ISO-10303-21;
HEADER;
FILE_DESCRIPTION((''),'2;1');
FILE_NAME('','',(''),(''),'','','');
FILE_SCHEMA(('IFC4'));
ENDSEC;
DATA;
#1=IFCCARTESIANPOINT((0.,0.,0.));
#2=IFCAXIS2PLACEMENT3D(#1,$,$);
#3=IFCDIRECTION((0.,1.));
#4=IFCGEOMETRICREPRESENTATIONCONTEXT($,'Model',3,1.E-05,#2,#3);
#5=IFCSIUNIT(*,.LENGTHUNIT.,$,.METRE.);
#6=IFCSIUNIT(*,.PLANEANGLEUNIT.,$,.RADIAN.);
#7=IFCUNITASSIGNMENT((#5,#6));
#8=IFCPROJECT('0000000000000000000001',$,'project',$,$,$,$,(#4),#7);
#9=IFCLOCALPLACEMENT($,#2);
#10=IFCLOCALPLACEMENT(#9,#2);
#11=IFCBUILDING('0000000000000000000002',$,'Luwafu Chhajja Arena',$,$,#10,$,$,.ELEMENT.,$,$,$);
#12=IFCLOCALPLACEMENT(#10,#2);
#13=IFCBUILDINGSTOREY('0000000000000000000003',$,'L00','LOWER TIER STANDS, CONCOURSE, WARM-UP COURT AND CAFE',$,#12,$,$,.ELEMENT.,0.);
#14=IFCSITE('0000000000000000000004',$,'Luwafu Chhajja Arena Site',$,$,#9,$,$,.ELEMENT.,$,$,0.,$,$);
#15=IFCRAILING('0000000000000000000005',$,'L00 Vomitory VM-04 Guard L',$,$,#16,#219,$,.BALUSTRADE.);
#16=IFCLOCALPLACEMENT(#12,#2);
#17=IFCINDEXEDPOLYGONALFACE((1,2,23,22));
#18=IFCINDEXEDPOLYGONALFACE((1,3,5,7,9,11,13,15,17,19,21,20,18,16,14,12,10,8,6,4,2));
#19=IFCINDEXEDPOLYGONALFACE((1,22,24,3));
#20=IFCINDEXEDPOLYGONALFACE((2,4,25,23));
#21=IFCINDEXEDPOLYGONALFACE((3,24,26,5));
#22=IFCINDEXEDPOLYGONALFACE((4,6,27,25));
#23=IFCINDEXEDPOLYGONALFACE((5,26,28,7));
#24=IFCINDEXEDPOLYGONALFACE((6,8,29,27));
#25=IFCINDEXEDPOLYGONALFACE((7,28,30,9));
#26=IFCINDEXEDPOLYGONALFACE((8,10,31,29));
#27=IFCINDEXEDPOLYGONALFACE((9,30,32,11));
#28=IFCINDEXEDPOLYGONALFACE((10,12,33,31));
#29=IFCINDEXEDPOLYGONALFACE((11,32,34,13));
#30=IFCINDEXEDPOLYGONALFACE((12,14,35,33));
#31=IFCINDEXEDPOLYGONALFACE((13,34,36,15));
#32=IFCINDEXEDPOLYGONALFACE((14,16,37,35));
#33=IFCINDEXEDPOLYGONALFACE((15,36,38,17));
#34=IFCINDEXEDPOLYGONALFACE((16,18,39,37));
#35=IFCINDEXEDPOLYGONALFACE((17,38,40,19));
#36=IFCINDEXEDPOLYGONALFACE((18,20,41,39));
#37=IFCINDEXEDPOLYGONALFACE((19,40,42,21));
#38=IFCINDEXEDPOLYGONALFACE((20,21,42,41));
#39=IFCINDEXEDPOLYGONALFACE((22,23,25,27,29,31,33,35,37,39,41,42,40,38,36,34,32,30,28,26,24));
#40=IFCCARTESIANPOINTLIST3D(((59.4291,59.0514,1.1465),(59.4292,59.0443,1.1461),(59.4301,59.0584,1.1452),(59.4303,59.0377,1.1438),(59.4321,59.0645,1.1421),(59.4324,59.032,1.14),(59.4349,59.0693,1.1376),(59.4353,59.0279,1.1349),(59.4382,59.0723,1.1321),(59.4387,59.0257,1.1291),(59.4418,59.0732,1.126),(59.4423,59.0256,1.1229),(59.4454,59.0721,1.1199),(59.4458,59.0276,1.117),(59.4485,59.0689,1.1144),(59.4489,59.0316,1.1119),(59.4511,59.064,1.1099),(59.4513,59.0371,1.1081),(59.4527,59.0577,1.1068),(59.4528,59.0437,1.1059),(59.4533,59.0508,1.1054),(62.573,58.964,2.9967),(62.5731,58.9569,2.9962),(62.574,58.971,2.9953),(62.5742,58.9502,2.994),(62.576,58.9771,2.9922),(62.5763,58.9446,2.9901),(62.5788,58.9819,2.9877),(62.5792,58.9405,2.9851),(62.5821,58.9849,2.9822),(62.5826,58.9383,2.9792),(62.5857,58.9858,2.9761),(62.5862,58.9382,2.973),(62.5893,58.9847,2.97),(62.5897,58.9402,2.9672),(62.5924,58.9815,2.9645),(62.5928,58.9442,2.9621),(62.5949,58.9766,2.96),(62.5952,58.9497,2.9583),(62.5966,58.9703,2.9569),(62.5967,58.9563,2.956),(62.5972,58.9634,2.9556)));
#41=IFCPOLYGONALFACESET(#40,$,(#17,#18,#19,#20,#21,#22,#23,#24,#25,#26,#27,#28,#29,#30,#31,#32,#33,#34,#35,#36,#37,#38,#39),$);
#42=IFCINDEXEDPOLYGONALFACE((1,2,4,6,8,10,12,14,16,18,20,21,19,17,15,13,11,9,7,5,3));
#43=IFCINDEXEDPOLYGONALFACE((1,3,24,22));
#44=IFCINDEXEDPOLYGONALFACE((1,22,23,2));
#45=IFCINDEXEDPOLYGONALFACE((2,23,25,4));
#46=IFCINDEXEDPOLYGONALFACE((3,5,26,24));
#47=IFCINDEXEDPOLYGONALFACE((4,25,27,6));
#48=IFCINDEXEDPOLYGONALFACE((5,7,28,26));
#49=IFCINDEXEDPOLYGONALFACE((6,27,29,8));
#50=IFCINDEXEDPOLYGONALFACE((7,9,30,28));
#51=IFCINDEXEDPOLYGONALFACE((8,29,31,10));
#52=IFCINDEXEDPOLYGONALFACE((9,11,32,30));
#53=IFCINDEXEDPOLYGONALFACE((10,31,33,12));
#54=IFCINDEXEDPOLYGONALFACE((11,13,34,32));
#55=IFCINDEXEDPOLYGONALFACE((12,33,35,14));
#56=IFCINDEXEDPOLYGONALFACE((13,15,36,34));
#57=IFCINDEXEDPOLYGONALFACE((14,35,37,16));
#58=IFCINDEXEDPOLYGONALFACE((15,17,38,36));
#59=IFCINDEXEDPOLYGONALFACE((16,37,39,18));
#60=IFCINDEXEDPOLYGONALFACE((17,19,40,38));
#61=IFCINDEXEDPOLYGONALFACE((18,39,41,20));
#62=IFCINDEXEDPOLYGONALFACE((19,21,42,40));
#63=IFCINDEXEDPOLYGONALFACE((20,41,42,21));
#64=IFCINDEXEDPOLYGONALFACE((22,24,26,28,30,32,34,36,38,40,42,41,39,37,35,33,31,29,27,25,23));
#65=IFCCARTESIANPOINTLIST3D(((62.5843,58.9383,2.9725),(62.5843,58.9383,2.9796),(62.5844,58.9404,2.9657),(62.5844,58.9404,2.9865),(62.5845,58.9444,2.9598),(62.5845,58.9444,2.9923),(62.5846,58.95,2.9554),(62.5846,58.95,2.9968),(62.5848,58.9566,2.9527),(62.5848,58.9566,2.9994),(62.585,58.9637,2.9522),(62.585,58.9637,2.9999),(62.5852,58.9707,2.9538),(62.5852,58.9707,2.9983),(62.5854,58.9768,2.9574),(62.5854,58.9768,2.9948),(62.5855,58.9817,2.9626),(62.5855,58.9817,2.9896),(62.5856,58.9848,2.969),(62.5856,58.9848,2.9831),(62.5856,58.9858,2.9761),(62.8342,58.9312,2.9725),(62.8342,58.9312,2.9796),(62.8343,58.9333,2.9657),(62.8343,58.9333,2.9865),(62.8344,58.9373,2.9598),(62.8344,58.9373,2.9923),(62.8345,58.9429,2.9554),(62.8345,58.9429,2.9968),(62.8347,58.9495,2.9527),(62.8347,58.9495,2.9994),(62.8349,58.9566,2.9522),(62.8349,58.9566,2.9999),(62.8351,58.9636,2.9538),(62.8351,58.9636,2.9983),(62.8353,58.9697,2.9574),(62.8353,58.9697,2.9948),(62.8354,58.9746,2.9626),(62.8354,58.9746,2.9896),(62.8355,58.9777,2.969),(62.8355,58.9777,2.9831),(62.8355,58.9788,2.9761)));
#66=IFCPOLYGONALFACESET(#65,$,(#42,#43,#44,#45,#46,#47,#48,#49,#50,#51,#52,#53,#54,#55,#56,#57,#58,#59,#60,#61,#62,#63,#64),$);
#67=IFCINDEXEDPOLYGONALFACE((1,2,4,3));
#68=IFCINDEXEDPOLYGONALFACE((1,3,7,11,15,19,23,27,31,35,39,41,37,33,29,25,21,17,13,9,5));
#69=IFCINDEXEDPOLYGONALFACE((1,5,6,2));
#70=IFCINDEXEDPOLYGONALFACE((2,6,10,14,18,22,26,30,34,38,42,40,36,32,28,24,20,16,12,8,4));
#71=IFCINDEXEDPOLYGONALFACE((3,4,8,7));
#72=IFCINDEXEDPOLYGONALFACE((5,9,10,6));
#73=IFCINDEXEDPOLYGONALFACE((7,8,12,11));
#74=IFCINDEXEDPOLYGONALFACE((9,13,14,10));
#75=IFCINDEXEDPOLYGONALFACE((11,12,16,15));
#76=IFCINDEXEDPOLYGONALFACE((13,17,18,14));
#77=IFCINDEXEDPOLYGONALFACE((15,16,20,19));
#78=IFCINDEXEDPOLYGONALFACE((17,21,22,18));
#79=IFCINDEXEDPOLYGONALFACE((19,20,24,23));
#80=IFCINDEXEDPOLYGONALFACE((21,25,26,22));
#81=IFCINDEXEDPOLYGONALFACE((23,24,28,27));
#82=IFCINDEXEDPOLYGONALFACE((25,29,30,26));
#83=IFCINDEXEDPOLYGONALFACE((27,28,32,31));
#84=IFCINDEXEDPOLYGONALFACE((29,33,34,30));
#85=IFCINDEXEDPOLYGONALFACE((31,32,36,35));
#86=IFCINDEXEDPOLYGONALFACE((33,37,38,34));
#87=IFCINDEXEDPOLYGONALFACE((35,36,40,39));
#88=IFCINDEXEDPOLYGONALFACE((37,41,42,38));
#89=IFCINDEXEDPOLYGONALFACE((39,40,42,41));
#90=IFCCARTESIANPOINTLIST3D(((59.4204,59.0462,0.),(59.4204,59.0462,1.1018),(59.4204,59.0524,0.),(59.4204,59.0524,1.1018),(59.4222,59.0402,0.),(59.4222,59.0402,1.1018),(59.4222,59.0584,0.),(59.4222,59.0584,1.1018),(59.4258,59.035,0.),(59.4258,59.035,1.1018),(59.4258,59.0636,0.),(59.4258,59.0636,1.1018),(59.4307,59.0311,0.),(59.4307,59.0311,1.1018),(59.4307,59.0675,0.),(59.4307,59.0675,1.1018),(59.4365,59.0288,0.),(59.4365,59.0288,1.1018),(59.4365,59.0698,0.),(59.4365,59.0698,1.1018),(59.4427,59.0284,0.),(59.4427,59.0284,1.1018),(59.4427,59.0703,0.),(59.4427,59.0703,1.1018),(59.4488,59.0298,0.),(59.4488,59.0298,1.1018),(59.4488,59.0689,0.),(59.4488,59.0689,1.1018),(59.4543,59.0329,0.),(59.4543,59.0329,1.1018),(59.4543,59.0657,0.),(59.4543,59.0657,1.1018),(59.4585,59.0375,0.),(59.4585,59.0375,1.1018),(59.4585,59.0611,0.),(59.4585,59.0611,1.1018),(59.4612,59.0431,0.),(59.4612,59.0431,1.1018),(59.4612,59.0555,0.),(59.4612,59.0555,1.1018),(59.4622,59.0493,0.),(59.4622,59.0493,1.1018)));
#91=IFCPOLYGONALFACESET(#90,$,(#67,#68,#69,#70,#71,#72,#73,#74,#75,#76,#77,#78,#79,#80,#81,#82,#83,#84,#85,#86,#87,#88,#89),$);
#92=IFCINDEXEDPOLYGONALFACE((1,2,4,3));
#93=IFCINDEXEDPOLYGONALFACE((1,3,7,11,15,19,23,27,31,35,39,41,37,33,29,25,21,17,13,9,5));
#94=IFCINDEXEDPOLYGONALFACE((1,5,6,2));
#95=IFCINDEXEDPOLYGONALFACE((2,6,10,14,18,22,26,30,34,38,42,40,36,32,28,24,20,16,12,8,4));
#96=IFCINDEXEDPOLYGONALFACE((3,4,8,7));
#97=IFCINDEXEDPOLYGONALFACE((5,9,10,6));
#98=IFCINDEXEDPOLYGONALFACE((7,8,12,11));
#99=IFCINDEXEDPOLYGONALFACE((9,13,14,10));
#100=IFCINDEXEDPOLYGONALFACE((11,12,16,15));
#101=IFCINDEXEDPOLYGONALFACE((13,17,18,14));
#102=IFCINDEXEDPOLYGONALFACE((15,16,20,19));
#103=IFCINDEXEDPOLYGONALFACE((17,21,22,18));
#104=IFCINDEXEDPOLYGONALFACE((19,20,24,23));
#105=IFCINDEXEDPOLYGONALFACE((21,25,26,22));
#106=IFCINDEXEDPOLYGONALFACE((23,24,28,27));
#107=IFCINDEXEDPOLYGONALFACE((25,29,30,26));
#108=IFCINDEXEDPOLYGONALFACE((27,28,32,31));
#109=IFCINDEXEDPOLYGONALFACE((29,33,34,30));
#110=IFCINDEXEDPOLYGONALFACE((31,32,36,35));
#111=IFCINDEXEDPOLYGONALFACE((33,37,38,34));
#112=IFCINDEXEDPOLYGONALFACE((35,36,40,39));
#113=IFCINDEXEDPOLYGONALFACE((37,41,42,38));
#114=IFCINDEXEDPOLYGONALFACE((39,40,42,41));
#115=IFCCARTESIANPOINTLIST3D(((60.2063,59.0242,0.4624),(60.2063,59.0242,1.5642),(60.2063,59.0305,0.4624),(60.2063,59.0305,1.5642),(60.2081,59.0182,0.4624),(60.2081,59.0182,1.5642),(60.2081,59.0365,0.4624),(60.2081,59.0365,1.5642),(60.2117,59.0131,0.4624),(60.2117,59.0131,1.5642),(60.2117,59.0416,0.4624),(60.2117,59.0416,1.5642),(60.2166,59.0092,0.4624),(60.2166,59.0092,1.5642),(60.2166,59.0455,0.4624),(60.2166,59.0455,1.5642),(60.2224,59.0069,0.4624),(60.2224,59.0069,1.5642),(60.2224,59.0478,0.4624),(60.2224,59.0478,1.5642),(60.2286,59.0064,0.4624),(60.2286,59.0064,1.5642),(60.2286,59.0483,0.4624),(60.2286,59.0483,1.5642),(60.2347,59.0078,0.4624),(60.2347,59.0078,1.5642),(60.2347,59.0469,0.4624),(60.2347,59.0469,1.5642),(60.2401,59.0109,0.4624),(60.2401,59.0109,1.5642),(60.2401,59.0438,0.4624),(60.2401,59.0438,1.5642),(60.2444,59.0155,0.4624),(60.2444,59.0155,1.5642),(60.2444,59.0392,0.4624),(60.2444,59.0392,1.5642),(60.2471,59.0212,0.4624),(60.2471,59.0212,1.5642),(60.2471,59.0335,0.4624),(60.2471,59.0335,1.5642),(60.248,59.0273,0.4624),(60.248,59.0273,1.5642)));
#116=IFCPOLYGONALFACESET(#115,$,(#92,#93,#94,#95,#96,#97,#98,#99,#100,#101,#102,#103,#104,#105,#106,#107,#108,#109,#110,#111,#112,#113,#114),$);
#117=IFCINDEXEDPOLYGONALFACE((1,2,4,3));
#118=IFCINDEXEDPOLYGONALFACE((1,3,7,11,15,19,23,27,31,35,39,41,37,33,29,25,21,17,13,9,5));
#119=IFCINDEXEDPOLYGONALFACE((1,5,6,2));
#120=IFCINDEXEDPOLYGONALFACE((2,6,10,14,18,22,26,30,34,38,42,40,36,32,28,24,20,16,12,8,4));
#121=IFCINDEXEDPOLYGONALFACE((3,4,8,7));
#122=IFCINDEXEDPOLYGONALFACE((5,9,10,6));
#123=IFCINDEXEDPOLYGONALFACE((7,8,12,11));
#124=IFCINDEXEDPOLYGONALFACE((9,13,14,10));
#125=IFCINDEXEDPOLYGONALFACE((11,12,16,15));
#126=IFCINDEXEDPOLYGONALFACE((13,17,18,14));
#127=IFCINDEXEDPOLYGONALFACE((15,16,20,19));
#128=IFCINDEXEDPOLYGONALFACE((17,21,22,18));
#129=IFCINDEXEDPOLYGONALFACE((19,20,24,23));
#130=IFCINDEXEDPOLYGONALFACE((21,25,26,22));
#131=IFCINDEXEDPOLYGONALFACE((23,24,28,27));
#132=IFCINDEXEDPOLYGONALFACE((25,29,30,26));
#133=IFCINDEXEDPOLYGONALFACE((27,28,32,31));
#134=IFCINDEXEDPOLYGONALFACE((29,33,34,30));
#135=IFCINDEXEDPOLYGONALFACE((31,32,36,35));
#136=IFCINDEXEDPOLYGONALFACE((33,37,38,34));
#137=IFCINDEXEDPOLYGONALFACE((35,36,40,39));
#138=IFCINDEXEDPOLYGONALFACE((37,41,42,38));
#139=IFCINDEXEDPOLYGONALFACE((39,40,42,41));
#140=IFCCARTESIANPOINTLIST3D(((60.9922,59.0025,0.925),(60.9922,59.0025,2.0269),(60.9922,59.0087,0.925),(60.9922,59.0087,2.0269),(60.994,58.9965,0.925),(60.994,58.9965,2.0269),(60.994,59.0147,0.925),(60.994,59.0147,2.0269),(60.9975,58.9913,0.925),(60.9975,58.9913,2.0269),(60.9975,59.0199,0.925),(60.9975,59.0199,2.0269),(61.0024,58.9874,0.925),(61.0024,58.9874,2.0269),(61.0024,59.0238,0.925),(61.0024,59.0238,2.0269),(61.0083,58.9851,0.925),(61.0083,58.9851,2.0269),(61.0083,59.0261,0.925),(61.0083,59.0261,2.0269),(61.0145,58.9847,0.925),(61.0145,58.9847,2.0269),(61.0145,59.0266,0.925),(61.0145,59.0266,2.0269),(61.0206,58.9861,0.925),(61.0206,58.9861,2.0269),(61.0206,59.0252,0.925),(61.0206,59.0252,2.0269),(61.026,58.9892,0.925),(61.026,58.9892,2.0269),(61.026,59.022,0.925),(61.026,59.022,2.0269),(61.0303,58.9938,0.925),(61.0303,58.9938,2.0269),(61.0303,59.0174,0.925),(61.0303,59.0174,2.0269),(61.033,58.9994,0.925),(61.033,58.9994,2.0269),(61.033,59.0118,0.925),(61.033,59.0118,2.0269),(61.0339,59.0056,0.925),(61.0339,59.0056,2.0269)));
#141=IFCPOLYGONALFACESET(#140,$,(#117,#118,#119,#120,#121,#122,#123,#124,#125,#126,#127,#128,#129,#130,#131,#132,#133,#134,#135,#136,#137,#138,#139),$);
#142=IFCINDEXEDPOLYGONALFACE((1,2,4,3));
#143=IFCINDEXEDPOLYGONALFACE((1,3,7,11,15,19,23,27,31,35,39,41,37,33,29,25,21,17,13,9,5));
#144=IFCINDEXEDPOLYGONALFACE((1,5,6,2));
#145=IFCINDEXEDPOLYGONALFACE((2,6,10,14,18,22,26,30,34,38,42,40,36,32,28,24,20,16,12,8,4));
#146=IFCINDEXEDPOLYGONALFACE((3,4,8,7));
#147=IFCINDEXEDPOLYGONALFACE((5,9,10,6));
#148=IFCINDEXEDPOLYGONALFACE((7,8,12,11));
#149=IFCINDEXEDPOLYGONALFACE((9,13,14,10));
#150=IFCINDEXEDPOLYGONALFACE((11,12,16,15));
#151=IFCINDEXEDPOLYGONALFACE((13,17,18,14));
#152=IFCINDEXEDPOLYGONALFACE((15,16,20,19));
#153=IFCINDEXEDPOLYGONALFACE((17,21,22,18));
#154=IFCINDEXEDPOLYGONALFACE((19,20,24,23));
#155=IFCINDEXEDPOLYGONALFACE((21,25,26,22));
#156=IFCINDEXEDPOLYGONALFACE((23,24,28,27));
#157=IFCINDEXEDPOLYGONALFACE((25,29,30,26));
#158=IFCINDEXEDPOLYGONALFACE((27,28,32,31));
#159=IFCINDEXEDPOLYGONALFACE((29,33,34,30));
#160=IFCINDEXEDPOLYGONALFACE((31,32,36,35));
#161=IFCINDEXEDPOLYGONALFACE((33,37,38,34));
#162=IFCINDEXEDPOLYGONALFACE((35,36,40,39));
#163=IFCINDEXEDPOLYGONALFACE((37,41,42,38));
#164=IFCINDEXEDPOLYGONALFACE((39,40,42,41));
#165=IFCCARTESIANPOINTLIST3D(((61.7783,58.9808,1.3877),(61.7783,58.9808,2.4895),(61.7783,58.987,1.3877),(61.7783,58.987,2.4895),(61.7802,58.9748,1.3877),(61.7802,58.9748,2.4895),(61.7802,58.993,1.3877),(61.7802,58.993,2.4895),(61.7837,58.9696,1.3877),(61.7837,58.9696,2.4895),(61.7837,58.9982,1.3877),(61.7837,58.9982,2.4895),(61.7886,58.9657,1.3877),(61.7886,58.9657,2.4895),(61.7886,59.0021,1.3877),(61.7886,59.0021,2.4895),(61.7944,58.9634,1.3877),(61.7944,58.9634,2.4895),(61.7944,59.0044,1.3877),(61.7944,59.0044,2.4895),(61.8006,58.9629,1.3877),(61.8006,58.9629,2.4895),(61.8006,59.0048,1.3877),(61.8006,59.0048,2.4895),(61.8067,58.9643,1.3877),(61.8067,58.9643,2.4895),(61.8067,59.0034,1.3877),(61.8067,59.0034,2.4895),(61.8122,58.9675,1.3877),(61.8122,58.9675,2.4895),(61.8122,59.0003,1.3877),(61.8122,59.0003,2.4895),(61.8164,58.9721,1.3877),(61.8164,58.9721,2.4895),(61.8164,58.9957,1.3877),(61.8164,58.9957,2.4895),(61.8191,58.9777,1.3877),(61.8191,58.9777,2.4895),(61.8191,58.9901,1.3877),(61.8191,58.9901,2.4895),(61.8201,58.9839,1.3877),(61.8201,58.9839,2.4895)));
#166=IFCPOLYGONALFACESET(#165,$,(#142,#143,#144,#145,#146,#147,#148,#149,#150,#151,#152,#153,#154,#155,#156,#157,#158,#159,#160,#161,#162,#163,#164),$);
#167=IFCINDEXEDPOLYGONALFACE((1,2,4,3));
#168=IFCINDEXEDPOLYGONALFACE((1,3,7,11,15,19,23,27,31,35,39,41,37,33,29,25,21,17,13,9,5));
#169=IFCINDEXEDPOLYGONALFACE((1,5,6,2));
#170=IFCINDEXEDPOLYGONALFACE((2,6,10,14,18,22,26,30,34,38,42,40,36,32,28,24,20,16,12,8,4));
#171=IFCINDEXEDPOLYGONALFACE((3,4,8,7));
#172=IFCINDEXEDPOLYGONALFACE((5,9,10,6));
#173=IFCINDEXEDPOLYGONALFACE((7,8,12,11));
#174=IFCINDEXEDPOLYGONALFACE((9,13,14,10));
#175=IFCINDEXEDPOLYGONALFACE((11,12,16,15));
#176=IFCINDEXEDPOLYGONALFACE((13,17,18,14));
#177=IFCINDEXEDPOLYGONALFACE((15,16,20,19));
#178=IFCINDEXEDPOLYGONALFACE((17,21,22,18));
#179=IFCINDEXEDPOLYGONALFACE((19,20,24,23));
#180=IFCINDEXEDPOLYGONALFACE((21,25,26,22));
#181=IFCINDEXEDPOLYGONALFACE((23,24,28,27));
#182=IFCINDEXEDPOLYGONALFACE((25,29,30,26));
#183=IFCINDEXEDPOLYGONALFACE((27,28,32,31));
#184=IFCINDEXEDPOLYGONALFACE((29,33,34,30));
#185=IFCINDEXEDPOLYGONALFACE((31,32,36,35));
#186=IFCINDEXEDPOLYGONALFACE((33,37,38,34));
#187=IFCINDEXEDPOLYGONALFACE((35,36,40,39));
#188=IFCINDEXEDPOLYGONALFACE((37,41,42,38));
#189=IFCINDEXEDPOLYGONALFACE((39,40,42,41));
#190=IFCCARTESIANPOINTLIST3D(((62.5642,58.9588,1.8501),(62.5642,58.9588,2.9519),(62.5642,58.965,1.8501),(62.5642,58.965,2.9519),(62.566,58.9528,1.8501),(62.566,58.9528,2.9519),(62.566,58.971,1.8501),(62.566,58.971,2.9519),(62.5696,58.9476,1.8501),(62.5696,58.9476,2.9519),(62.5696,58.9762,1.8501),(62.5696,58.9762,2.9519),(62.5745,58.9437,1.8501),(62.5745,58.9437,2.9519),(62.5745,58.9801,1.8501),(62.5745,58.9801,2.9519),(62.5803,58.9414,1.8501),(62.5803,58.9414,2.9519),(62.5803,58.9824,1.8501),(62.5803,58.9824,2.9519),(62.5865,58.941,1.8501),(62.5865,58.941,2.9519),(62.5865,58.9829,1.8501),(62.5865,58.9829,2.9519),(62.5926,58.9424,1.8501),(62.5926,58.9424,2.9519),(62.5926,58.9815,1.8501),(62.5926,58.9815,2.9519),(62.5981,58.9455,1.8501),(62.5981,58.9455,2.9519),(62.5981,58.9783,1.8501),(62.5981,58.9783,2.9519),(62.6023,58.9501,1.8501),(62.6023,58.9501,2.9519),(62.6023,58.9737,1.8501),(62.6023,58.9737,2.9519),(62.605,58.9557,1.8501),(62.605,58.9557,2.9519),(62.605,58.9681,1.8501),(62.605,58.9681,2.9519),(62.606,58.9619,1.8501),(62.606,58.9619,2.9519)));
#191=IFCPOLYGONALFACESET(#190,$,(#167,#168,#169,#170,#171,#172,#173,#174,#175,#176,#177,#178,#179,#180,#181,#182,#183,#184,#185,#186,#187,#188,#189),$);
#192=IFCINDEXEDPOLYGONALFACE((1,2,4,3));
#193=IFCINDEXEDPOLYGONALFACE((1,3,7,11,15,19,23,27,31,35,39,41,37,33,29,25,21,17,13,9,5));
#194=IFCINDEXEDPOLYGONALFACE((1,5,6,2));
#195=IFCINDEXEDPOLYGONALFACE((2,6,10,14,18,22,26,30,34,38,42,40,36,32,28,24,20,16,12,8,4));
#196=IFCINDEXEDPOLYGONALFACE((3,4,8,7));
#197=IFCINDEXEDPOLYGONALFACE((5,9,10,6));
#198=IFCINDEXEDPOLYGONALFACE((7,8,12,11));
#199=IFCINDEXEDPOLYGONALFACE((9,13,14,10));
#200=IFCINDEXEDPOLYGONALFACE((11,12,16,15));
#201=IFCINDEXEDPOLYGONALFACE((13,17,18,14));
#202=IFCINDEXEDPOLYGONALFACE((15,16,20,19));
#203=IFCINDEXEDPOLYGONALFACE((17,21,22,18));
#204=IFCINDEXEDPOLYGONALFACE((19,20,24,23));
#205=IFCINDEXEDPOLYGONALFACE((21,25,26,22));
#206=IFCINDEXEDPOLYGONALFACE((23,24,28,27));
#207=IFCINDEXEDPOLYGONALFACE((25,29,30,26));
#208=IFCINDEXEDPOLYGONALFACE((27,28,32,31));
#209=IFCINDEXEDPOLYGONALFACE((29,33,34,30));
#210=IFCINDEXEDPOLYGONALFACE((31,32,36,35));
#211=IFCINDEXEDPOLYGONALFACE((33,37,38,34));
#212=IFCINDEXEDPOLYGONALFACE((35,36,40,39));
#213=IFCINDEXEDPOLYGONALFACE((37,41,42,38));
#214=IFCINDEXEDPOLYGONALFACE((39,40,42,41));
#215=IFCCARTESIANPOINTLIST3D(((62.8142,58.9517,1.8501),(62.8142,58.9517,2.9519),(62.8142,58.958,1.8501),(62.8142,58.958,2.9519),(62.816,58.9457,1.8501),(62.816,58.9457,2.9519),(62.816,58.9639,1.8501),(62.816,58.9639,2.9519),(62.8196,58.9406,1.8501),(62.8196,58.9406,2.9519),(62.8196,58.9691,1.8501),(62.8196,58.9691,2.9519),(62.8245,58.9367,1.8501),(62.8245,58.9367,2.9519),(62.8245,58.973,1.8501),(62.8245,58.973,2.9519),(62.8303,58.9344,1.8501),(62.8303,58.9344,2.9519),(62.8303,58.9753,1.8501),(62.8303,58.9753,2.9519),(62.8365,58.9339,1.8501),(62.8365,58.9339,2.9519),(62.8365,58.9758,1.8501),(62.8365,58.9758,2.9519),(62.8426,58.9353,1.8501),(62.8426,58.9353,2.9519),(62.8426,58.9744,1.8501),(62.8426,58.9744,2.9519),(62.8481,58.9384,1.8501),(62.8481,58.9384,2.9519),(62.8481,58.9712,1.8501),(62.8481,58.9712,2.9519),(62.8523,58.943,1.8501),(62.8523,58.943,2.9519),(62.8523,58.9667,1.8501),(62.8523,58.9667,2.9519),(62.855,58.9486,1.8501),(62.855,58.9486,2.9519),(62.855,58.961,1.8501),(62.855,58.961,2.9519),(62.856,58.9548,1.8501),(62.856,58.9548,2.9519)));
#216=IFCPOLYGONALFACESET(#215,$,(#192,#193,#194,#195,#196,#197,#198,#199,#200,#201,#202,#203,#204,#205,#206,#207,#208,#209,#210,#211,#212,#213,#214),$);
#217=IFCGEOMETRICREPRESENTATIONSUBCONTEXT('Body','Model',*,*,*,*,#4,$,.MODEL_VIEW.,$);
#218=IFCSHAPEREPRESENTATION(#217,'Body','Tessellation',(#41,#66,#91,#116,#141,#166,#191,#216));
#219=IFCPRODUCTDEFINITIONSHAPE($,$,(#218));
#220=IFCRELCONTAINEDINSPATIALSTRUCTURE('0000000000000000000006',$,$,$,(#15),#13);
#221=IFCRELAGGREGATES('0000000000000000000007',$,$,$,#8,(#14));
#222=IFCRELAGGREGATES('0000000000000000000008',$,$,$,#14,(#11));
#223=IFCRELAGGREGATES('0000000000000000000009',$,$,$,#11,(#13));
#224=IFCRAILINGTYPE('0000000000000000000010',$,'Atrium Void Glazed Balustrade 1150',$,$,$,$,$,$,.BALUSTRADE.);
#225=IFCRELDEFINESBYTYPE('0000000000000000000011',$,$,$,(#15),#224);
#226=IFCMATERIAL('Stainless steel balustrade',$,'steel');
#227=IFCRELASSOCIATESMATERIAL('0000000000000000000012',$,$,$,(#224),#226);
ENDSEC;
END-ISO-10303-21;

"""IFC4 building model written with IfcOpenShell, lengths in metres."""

from ifc_helpers import new_model, si_unit, direction, frame, origin, origin_2d, place, context, subcontext, project, spatial, circle, extrude, material, type_object, element, save


model = new_model("IFC4")

# Units and contexts
model_context = context("Model", 3, precision=1e-05, world=origin(), true_north=direction((0.0, 1.0)))
body_context = subcontext(model_context, "Body", "Model", "MODEL_VIEW")
ifc_project = project(units=[si_unit("LENGTHUNIT", "METRE"), si_unit("PLANEANGLEUNIT", "RADIAN")], contexts=[model_context])

# Site, building, storey
site_placement = place(None, origin())
site = spatial("IfcSite", under=ifc_project, at=site_placement, Name="Luwafu Chhajja Arena Site", CompositionType="ELEMENT", RefElevation=0.0)
building_placement = place(site_placement, origin())
building = spatial("IfcBuilding", under=site, at=building_placement, Name="Luwafu Chhajja Arena", CompositionType="ELEMENT")
storey_placement = place(building_placement, origin())
storey = spatial("IfcBuildingStorey", under=building, at=storey_placement, Name="L00", Description="LOWER TIER STANDS, CONCOURSE, WARM-UP COURT AND CAFE", CompositionType="ELEMENT", Elevation=0.0)

# Railing
ifc_material_1 = material(Name="Stainless steel balustrade", Category="steel")
railing_type_1 = type_object("IfcRailingType", Name="Atrium Void Glazed Balustrade 1150", PredefinedType="BALUSTRADE", material=ifc_material_1)
railing_1_placement = place(storey_placement, frame((59.4412, 59.0493, 0.0)))
element("IfcRailing", 1, at=railing_1_placement, inside=storey, type_object=railing_type_1, Name="L00 Vomitory VM-04 Guard L", PredefinedType="BALUSTRADE", context=body_context, shape_type="SweptSolid", body=[
    extrude(circle(Radius=0.0239, at=origin_2d()), frame((0.0, 0.0, 1.126), z_axis=(0.861591, -0.023954, 0.507038), x_axis=(0.027791, 0.999614, 0.0)), (0.0, 0.0, 1.0), 3.6489),
    extrude(circle(Radius=0.0239, at=origin_2d()), frame((3.1438, -0.0874, 2.9761), z_axis=(0.999599, -0.028309, 0.0), x_axis=(0.028309, 0.999599, 0.0)), (0.0, 0.0, 1.0), 0.25),
    extrude(circle(Radius=0.021, at=origin_2d()), origin(), (0.0, 0.0, 1.0), 1.1018),
    extrude(circle(Radius=0.021, at=origin_2d()), frame((0.7859, -0.022, 0.4624)), (0.0, 0.0, 1.0), 1.1018),
    extrude(circle(Radius=0.021, at=origin_2d()), frame((1.5718, -0.0437, 0.925)), (0.0, 0.0, 1.0), 1.1018),
    extrude(circle(Radius=0.021, at=origin_2d()), frame((2.3579, -0.0654, 1.3877)), (0.0, 0.0, 1.0), 1.1018),
    extrude(circle(Radius=0.021, at=origin_2d()), frame((3.1438, -0.0874, 1.8501)), (0.0, 0.0, 1.0), 1.1018),
    extrude(circle(Radius=0.021, at=origin_2d()), frame((3.3938, -0.0945, 1.8501)), (0.0, 0.0, 1.0), 1.1018),
])

save(model, "model.ifc")
